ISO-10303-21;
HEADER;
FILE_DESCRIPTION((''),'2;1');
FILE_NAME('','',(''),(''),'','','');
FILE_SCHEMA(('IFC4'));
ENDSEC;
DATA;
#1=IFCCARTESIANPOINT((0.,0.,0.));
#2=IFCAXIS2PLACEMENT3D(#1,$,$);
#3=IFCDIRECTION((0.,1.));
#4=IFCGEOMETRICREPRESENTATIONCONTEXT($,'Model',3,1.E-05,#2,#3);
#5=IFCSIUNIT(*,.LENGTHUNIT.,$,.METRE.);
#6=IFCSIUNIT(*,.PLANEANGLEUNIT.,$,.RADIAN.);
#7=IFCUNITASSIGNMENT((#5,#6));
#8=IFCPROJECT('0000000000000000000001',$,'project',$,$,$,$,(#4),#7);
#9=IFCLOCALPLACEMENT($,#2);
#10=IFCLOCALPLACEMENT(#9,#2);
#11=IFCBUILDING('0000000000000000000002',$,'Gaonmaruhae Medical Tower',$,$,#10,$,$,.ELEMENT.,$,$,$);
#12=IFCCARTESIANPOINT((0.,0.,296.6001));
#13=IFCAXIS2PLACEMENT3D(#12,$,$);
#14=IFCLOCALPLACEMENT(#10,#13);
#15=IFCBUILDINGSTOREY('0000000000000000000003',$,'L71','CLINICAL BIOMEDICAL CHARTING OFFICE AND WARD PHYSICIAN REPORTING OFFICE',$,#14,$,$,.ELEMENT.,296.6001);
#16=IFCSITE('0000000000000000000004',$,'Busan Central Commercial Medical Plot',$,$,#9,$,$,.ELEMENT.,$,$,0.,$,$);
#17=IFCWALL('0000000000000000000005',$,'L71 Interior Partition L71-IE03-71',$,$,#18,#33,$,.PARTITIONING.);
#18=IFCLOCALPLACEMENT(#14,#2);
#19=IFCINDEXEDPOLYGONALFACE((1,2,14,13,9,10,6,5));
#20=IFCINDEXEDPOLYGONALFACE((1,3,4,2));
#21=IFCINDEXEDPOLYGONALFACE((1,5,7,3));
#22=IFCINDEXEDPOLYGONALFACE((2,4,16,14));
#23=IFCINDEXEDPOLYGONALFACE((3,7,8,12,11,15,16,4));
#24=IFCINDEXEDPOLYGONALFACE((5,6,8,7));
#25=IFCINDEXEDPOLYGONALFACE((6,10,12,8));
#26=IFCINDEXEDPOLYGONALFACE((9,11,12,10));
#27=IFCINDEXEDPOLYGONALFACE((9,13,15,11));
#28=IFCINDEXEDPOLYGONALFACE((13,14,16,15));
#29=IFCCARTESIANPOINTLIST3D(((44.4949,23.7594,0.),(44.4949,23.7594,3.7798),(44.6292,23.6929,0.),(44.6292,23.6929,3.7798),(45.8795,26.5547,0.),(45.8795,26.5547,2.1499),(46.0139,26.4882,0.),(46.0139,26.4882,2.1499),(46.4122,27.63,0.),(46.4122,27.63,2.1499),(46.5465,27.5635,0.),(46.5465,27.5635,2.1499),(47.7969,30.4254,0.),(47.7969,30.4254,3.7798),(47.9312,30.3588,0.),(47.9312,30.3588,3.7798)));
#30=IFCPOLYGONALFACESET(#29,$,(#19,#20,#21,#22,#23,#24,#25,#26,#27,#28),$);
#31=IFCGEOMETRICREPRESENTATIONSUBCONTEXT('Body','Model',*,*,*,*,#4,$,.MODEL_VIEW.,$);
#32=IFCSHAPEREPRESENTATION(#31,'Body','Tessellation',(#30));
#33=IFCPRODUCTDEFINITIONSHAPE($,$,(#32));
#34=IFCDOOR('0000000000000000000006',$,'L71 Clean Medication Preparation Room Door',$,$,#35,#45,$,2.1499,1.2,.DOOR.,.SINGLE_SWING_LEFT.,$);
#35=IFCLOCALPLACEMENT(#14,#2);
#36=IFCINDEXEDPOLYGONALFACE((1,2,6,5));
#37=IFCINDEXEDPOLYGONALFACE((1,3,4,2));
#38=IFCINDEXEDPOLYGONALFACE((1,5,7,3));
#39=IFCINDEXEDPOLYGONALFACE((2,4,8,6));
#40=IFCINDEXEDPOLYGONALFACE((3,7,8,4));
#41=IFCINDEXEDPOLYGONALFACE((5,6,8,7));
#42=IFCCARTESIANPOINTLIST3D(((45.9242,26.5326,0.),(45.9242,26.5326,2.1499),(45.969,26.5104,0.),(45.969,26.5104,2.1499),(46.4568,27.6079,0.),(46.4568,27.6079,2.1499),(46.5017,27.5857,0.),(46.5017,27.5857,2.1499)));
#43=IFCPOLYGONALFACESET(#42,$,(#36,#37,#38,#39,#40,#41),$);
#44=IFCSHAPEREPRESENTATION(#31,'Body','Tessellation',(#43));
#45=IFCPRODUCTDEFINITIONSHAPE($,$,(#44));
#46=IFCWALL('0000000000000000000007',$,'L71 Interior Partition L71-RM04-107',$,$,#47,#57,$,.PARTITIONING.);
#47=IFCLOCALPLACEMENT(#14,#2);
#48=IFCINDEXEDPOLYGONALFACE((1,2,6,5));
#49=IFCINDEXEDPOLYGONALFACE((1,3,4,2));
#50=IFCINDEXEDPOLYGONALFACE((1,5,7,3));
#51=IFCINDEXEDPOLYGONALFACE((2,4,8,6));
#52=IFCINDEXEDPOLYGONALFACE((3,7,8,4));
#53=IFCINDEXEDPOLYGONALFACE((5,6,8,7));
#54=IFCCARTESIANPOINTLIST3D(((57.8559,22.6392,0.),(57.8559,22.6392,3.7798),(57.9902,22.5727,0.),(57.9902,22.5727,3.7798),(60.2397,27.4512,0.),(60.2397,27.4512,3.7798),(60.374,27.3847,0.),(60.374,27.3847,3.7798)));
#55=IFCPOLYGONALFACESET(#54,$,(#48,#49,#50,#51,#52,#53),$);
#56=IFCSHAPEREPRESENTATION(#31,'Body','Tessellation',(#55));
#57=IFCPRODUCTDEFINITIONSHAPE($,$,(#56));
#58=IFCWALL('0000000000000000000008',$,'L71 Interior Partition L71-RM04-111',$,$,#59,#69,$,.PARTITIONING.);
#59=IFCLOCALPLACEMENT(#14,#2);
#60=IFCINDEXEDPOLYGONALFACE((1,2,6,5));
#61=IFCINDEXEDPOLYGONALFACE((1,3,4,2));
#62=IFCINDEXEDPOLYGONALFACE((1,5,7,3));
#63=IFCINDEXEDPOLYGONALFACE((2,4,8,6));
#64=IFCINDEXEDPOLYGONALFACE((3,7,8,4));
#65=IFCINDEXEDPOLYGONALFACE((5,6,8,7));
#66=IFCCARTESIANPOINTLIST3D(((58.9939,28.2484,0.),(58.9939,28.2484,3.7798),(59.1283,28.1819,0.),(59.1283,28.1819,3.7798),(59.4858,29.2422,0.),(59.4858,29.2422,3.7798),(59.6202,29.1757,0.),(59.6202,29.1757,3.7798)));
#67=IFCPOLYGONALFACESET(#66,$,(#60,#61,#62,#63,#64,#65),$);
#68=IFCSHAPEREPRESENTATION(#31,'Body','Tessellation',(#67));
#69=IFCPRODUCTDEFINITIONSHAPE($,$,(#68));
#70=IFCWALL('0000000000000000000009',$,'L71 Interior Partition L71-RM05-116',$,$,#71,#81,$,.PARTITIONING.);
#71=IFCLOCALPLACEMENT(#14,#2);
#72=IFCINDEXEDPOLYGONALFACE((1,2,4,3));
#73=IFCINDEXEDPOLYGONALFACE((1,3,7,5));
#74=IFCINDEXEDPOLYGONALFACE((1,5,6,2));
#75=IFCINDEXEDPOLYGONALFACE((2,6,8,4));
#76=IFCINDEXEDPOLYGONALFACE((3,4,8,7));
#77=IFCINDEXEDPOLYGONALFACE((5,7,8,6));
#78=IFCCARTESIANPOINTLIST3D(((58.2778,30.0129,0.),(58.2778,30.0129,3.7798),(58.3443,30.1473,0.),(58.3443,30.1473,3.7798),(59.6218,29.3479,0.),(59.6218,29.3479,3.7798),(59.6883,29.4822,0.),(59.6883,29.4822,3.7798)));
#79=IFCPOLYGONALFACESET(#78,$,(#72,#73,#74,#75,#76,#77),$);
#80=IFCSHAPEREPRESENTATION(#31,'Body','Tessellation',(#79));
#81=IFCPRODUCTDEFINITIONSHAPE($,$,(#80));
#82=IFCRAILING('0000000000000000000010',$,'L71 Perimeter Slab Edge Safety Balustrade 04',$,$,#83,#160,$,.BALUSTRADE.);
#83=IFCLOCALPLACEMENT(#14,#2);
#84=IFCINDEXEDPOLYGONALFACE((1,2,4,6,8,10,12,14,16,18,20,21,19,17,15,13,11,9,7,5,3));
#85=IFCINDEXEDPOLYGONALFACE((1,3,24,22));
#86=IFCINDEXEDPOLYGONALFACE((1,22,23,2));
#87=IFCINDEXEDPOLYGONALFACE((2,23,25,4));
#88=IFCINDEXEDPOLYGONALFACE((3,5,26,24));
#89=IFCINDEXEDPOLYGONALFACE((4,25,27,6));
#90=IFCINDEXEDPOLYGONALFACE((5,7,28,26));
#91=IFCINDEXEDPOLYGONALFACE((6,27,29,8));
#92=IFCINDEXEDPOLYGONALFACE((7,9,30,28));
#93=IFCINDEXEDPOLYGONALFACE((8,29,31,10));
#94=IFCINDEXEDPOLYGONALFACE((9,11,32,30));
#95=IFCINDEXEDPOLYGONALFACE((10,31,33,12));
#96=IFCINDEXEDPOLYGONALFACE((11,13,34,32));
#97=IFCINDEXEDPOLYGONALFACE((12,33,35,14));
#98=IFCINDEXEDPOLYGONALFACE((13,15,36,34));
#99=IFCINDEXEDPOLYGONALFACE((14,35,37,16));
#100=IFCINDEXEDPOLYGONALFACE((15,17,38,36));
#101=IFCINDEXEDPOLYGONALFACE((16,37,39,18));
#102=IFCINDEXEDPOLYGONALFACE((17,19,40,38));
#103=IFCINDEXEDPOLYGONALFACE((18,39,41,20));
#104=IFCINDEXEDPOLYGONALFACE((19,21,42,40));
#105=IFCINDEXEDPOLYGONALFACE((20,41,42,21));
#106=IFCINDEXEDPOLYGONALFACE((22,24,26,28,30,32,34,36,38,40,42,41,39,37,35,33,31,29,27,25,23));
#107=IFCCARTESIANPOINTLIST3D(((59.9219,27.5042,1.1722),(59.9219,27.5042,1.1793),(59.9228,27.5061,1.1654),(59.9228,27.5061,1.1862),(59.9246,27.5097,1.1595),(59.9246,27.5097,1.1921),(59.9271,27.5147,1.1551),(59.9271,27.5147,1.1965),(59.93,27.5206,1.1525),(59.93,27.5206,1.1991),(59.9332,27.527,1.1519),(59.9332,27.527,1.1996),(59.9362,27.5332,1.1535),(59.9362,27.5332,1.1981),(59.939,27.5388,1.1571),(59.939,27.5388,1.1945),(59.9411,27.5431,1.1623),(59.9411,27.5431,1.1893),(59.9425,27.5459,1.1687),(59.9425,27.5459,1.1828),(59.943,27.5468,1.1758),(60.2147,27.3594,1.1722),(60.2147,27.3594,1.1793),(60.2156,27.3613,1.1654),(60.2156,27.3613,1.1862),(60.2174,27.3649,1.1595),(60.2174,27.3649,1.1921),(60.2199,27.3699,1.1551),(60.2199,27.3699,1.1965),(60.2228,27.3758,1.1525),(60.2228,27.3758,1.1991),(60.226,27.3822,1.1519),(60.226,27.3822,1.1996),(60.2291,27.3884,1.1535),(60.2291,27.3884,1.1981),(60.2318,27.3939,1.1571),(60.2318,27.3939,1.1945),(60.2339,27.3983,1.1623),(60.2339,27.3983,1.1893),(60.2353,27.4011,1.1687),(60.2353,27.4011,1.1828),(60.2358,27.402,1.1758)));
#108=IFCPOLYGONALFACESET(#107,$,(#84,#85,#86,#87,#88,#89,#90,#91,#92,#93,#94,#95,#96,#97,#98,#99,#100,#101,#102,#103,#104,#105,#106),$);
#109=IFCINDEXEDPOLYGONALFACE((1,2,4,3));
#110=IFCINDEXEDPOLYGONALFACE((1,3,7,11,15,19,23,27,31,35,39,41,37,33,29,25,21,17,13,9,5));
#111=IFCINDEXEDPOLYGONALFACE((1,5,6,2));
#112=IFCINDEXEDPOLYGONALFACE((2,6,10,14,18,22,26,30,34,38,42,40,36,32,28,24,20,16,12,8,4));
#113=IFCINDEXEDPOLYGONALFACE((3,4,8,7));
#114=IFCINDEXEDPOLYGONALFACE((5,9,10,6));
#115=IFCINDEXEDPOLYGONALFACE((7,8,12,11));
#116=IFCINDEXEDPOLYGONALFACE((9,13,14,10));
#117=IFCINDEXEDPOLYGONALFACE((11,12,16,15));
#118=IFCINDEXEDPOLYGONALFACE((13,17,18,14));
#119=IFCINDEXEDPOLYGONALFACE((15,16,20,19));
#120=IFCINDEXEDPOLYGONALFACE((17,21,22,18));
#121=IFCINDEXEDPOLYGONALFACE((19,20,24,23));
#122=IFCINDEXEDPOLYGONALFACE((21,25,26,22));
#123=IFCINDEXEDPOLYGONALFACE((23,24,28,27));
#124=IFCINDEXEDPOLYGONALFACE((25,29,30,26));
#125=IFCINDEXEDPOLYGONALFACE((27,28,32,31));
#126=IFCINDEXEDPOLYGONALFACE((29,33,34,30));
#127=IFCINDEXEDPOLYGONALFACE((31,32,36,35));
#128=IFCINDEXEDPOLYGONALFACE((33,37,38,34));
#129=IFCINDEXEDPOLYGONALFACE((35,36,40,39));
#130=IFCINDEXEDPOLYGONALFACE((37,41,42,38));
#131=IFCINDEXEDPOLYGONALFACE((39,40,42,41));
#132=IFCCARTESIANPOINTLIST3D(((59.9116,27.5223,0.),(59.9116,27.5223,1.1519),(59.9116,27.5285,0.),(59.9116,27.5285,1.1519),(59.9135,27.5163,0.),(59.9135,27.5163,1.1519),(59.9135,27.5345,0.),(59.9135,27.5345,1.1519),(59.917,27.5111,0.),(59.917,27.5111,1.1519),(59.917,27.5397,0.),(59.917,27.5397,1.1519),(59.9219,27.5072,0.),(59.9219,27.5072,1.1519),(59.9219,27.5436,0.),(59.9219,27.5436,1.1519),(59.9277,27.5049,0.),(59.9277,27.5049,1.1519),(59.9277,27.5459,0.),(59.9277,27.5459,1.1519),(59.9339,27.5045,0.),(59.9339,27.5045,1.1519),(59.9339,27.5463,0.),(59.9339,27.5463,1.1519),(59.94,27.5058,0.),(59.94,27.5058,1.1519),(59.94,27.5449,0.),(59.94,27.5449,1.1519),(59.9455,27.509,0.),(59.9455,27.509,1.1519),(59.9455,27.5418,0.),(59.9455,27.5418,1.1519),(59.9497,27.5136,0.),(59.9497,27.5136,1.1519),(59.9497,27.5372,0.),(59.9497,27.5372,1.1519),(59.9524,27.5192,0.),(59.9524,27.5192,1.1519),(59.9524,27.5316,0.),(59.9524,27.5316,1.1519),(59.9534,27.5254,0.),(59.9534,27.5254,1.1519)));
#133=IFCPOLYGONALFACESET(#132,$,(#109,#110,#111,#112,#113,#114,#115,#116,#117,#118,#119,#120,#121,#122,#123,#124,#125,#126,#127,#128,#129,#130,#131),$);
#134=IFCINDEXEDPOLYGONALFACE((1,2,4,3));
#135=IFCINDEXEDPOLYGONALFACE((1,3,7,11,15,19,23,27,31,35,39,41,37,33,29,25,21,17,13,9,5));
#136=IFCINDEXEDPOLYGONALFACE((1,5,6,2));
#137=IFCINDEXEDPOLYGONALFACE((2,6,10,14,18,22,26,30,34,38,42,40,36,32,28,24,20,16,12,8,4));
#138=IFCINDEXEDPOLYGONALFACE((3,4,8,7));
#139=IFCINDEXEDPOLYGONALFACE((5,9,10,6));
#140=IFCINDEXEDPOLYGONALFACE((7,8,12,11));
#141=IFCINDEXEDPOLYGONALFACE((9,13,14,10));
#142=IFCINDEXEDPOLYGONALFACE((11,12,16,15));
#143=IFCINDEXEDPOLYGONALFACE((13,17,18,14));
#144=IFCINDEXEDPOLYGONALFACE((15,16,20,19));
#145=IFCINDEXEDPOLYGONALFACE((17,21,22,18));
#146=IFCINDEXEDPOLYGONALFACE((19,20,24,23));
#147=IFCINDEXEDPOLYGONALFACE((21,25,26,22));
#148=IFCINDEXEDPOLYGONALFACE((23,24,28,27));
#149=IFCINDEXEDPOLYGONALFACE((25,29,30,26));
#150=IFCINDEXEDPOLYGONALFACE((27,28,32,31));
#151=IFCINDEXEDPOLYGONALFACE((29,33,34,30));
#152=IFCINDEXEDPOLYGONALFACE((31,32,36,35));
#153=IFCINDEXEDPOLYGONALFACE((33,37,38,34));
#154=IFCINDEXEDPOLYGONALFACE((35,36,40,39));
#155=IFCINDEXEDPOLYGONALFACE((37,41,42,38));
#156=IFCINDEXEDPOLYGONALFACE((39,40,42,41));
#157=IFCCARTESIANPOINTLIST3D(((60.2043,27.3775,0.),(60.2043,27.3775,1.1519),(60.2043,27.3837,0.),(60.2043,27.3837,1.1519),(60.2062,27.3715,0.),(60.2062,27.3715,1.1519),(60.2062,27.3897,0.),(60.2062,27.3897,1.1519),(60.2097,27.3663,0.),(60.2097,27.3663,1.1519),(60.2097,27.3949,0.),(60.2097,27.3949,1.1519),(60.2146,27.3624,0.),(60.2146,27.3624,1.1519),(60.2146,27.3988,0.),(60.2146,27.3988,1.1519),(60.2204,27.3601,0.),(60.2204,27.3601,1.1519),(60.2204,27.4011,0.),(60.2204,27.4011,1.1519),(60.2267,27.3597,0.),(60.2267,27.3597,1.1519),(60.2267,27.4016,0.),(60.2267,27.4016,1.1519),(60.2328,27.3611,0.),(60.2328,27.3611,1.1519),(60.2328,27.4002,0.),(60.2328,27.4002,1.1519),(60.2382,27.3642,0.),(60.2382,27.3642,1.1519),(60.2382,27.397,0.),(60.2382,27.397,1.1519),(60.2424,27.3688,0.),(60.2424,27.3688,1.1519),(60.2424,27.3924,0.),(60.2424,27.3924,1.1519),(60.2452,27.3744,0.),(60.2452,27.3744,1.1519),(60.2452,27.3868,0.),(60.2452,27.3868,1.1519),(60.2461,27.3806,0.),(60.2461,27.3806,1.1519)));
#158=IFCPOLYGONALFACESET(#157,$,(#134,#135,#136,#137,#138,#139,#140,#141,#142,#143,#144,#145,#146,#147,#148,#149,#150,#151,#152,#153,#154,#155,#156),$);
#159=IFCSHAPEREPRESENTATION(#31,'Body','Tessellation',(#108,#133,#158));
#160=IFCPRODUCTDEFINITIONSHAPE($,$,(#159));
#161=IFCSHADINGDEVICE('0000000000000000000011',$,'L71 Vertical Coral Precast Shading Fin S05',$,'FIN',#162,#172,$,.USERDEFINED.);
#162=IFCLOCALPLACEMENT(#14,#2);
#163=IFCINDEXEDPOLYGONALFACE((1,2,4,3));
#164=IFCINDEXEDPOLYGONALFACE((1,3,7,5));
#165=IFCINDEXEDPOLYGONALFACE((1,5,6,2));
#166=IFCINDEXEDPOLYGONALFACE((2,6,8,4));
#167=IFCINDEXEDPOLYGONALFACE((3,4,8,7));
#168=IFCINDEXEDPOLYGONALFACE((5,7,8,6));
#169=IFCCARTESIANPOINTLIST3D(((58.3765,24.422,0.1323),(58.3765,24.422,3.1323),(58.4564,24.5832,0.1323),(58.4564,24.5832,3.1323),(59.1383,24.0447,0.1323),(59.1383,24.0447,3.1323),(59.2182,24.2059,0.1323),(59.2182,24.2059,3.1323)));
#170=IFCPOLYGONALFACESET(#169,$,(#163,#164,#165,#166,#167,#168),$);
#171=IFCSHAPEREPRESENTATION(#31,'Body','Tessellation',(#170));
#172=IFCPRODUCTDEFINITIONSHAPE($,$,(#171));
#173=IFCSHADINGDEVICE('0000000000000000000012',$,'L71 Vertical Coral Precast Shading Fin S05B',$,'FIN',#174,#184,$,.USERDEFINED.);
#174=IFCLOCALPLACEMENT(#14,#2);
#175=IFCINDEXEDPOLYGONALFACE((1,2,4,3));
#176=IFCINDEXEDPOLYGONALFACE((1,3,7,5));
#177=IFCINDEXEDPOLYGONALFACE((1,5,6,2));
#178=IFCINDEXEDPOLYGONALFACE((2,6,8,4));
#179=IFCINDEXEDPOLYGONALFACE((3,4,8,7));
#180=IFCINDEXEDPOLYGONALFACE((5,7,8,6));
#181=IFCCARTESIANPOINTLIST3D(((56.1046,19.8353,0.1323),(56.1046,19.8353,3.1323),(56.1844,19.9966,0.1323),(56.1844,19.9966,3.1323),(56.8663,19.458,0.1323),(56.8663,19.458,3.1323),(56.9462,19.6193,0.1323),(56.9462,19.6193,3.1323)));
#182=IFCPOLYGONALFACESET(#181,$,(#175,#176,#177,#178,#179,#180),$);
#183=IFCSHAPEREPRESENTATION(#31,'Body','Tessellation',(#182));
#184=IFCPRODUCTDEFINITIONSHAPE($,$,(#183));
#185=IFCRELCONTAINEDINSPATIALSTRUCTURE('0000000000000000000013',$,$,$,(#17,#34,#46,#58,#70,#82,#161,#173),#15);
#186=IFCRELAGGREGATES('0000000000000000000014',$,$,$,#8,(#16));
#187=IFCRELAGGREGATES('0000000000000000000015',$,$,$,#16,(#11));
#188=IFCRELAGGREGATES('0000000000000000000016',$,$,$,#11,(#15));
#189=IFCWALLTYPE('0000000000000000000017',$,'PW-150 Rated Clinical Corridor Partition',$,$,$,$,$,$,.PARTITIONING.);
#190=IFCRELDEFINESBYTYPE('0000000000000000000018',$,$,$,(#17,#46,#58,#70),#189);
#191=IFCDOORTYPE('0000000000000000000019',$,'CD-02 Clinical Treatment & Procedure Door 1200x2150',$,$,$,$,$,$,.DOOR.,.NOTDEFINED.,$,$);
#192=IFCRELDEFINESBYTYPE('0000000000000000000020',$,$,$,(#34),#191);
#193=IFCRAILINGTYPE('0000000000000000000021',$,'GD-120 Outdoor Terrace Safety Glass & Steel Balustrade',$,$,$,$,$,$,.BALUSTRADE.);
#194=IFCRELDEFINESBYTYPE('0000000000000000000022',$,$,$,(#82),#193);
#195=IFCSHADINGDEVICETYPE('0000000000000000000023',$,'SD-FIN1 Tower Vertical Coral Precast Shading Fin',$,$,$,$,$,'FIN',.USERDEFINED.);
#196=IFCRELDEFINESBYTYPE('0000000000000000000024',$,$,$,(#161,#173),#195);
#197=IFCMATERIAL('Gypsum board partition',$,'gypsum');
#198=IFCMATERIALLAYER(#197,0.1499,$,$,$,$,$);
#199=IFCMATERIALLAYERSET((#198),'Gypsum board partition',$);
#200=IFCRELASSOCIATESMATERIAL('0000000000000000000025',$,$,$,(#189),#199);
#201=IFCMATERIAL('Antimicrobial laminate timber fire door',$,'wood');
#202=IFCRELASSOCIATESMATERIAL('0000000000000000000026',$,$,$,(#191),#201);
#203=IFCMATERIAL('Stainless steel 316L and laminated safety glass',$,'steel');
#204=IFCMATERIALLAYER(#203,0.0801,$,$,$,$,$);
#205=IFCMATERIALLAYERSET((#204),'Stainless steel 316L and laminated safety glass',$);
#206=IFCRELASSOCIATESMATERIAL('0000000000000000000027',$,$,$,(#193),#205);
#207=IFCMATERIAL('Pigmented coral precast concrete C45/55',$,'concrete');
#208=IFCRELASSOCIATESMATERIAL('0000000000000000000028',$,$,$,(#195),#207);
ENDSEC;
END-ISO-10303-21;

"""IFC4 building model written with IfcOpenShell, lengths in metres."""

from ifc_helpers import new_model, si_unit, direction, frame, frame_2d, origin, origin_2d, place, context, subcontext, project, spatial, rectangle, circle, extrude, material, layer, layer_set, type_object, element, fill, save


model = new_model("IFC4")

# Units and contexts
model_context = context("Model", 3, precision=1e-05, world=origin(), true_north=direction((0.0, 1.0)))
body_context = subcontext(model_context, "Body", "Model", "MODEL_VIEW")
ifc_project = project(units=[si_unit("LENGTHUNIT", "METRE"), si_unit("PLANEANGLEUNIT", "RADIAN")], contexts=[model_context])

# Site, building, storey
site_placement = place(None, origin())
site = spatial("IfcSite", under=ifc_project, at=site_placement, Name="Busan Central Commercial Medical Plot", CompositionType="ELEMENT", RefElevation=0.0)
building_placement = place(site_placement, origin())
building = spatial("IfcBuilding", under=site, at=building_placement, Name="Gaonmaruhae Medical Tower", CompositionType="ELEMENT")
storey_placement = place(building_placement, frame((0.0, 0.0, 296.6001)))
storey = spatial("IfcBuildingStorey", under=building, at=storey_placement, Name="L71", Description="CLINICAL BIOMEDICAL CHARTING OFFICE AND WARD PHYSICIAN REPORTING OFFICE", CompositionType="ELEMENT", Elevation=296.6001)

# Shared definitions
ifc_material_1 = material(Name="Gypsum board partition", Category="gypsum")
ifc_layer_1 = layer(ifc_material_1, 0.1499)
ifc_layer_set_1 = layer_set([ifc_layer_1], Name="Gypsum board partition")
wall_type_1 = type_object("IfcWallType", Name="PW-150 Rated Clinical Corridor Partition", PredefinedType="PARTITIONING", material=ifc_layer_set_1)

# Shared definitions
ifc_material_2 = material(Name="Antimicrobial laminate timber fire door", Category="wood")
door_type = type_object("IfcDoorType", Name="CD-02 Clinical Treatment & Procedure Door 1200x2150", OperationType="NOTDEFINED", PredefinedType="DOOR", material=ifc_material_2)

# Wall, opening, door
wall_1_placement = place(storey_placement, frame((47.864, 30.3921, 0.0), z_axis=(0.0, 0.0, 1.0), x_axis=(-0.443876, -0.896088, 0.0)))
wall_1 = element("IfcWall", 1, at=wall_1_placement, inside=storey, type_object=wall_type_1, Name="L71 Interior Partition L71-IE03-71", PredefinedType="PARTITIONING", context=body_context, shape_type="SweptSolid", body=[
    extrude(rectangle(XDim=7.439, YDim=0.1499, at=frame_2d((3.7195, 0.0))), origin(), (0.0, 0.0, 1.0), 3.7798),
])
opening_1_placement = place(wall_1_placement, frame((3.1194, 0.0, 0.0)))
opening_1 = element("IfcOpeningElement", 2, at=opening_1_placement, cuts=wall_1, PredefinedType="OPENING", context=body_context, shape_type="SweptSolid", body=[
    extrude(rectangle(XDim=1.2, YDim=2.1499, at=frame_2d((0.6001, 1.075))), frame((0.0, 0.085, 0.0), z_axis=(0.0, -1.0, 0.0), x_axis=(1.0, 0.0, 0.0)), (0.0, 0.0, 1.0), 0.1699),
])
door_1_placement = place(opening_1_placement, origin())
door_1 = element("IfcDoor", 3, at=door_1_placement, inside=storey, type_object=door_type, Name="L71 Clean Medication Preparation Room Door", OperationType="SINGLE_SWING_LEFT", OverallHeight=2.1499, OverallWidth=1.2, PredefinedType="DOOR", context=body_context, shape_type="SweptSolid", body=[
    extrude(rectangle(XDim=1.2, YDim=2.1499, at=frame_2d((0.6001, 1.075))), frame((0.0, 0.0249, 0.0), z_axis=(0.0, -1.0, 0.0), x_axis=(1.0, 0.0, 0.0)), (0.0, 0.0, 1.0), 0.05),
])
fill(opening_1, door_1)

# Walls
wall_2_placement = place(storey_placement, frame((60.3069, 27.418, 0.0), z_axis=(0.0, 0.0, 1.0), x_axis=(-0.443901, -0.896076, 0.0)))
element("IfcWall", 4, at=wall_2_placement, inside=storey, type_object=wall_type_1, Name="L71 Interior Partition L71-RM04-107", PredefinedType="PARTITIONING", context=body_context, shape_type="SweptSolid", body=[
    extrude(rectangle(XDim=5.3701, YDim=0.1499, at=frame_2d((2.6851, 0.0))), origin(), (0.0, 0.0, 1.0), 3.7798),
])
wall_3_placement = place(storey_placement, frame((59.553, 29.209, 0.0), z_axis=(0.0, 0.0, 1.0), x_axis=(-0.4436, -0.896225, 0.0)))
element("IfcWall", 5, at=wall_3_placement, inside=storey, type_object=wall_type_1, Name="L71 Interior Partition L71-RM04-111", PredefinedType="PARTITIONING", context=body_context, shape_type="SweptSolid", body=[
    extrude(rectangle(XDim=1.1089, YDim=0.1499, at=frame_2d((0.5544, 0.0))), origin(), (0.0, 0.0, 1.0), 3.7798),
])
wall_4_placement = place(storey_placement, frame((58.311, 30.0801, 0.0), z_axis=(0.0, 0.0, 1.0), x_axis=(0.896276, -0.443498, 0.0)))
element("IfcWall", 6, at=wall_4_placement, inside=storey, type_object=wall_type_1, Name="L71 Interior Partition L71-RM05-116", PredefinedType="PARTITIONING", context=body_context, shape_type="SweptSolid", body=[
    extrude(rectangle(XDim=1.4995, YDim=0.1499, at=frame_2d((0.7498, 0.0))), origin(), (0.0, 0.0, 1.0), 3.7798),
])

# Railing
ifc_material_3 = material(Name="Stainless steel 316L and laminated safety glass", Category="steel")
ifc_layer_2 = layer(ifc_material_3, 0.0801)
ifc_layer_set_2 = layer_set([ifc_layer_2], Name="Stainless steel 316L and laminated safety glass")
railing_type = type_object("IfcRailingType", Name="GD-120 Outdoor Terrace Safety Glass & Steel Balustrade", PredefinedType="BALUSTRADE", material=ifc_layer_set_2)
railing_placement = place(storey_placement, frame((59.9324, 27.5254, 0.0)))
element("IfcRailing", 7, at=railing_placement, inside=storey, type_object=railing_type, Name="L71 Perimeter Slab Edge Safety Balustrade 04", PredefinedType="BALUSTRADE", context=body_context, shape_type="SweptSolid", body=[
    extrude(circle(Radius=0.0239, at=origin_2d()), frame((0.0, 0.0, 1.1758), z_axis=(0.896362, -0.443322, 0.0), x_axis=(0.443322, 0.896362, 0.0)), (0.0, 0.0, 1.0), 0.3267),
    extrude(circle(Radius=0.021, at=origin_2d()), origin(), (0.0, 0.0, 1.0), 1.1519),
    extrude(circle(Radius=0.021, at=origin_2d()), frame((0.2927, -0.1448, 0.0)), (0.0, 0.0, 1.0), 1.1519),
])

# Shading devices
ifc_material_4 = material(Name="Pigmented coral precast concrete C45/55", Category="concrete")
shading_device_type = type_object("IfcShadingDeviceType", Name="SD-FIN1 Tower Vertical Coral Precast Shading Fin", ElementType="FIN", PredefinedType="USERDEFINED", material=ifc_material_4)
for number, where, z_axis, x_axis, name in (
    (8, (58.7974, 24.314, 0.1323), (0.0, 0.0, 1.0), (-0.443853, -0.896099, 0.0), "L71 Vertical Coral Precast Shading Fin S05"),
    (9, (56.5254, 19.7273, 0.1323), (0.0, 0.0, 1.0), (-0.443853, -0.896099, 0.0), "L71 Vertical Coral Precast Shading Fin S05B"),
):
    element("IfcShadingDevice", number, at=place(storey_placement, frame(where, z_axis=z_axis, x_axis=x_axis)), inside=storey, type_object=shading_device_type, Name=name, ObjectType="FIN", PredefinedType="USERDEFINED", context=body_context, shape_type="SweptSolid", body=[
        extrude(rectangle(XDim=0.1799, YDim=0.8501, at=origin_2d()), origin(), (0.0, 0.0, 1.0), 3.0),
    ])

save(model, "model.ifc")
